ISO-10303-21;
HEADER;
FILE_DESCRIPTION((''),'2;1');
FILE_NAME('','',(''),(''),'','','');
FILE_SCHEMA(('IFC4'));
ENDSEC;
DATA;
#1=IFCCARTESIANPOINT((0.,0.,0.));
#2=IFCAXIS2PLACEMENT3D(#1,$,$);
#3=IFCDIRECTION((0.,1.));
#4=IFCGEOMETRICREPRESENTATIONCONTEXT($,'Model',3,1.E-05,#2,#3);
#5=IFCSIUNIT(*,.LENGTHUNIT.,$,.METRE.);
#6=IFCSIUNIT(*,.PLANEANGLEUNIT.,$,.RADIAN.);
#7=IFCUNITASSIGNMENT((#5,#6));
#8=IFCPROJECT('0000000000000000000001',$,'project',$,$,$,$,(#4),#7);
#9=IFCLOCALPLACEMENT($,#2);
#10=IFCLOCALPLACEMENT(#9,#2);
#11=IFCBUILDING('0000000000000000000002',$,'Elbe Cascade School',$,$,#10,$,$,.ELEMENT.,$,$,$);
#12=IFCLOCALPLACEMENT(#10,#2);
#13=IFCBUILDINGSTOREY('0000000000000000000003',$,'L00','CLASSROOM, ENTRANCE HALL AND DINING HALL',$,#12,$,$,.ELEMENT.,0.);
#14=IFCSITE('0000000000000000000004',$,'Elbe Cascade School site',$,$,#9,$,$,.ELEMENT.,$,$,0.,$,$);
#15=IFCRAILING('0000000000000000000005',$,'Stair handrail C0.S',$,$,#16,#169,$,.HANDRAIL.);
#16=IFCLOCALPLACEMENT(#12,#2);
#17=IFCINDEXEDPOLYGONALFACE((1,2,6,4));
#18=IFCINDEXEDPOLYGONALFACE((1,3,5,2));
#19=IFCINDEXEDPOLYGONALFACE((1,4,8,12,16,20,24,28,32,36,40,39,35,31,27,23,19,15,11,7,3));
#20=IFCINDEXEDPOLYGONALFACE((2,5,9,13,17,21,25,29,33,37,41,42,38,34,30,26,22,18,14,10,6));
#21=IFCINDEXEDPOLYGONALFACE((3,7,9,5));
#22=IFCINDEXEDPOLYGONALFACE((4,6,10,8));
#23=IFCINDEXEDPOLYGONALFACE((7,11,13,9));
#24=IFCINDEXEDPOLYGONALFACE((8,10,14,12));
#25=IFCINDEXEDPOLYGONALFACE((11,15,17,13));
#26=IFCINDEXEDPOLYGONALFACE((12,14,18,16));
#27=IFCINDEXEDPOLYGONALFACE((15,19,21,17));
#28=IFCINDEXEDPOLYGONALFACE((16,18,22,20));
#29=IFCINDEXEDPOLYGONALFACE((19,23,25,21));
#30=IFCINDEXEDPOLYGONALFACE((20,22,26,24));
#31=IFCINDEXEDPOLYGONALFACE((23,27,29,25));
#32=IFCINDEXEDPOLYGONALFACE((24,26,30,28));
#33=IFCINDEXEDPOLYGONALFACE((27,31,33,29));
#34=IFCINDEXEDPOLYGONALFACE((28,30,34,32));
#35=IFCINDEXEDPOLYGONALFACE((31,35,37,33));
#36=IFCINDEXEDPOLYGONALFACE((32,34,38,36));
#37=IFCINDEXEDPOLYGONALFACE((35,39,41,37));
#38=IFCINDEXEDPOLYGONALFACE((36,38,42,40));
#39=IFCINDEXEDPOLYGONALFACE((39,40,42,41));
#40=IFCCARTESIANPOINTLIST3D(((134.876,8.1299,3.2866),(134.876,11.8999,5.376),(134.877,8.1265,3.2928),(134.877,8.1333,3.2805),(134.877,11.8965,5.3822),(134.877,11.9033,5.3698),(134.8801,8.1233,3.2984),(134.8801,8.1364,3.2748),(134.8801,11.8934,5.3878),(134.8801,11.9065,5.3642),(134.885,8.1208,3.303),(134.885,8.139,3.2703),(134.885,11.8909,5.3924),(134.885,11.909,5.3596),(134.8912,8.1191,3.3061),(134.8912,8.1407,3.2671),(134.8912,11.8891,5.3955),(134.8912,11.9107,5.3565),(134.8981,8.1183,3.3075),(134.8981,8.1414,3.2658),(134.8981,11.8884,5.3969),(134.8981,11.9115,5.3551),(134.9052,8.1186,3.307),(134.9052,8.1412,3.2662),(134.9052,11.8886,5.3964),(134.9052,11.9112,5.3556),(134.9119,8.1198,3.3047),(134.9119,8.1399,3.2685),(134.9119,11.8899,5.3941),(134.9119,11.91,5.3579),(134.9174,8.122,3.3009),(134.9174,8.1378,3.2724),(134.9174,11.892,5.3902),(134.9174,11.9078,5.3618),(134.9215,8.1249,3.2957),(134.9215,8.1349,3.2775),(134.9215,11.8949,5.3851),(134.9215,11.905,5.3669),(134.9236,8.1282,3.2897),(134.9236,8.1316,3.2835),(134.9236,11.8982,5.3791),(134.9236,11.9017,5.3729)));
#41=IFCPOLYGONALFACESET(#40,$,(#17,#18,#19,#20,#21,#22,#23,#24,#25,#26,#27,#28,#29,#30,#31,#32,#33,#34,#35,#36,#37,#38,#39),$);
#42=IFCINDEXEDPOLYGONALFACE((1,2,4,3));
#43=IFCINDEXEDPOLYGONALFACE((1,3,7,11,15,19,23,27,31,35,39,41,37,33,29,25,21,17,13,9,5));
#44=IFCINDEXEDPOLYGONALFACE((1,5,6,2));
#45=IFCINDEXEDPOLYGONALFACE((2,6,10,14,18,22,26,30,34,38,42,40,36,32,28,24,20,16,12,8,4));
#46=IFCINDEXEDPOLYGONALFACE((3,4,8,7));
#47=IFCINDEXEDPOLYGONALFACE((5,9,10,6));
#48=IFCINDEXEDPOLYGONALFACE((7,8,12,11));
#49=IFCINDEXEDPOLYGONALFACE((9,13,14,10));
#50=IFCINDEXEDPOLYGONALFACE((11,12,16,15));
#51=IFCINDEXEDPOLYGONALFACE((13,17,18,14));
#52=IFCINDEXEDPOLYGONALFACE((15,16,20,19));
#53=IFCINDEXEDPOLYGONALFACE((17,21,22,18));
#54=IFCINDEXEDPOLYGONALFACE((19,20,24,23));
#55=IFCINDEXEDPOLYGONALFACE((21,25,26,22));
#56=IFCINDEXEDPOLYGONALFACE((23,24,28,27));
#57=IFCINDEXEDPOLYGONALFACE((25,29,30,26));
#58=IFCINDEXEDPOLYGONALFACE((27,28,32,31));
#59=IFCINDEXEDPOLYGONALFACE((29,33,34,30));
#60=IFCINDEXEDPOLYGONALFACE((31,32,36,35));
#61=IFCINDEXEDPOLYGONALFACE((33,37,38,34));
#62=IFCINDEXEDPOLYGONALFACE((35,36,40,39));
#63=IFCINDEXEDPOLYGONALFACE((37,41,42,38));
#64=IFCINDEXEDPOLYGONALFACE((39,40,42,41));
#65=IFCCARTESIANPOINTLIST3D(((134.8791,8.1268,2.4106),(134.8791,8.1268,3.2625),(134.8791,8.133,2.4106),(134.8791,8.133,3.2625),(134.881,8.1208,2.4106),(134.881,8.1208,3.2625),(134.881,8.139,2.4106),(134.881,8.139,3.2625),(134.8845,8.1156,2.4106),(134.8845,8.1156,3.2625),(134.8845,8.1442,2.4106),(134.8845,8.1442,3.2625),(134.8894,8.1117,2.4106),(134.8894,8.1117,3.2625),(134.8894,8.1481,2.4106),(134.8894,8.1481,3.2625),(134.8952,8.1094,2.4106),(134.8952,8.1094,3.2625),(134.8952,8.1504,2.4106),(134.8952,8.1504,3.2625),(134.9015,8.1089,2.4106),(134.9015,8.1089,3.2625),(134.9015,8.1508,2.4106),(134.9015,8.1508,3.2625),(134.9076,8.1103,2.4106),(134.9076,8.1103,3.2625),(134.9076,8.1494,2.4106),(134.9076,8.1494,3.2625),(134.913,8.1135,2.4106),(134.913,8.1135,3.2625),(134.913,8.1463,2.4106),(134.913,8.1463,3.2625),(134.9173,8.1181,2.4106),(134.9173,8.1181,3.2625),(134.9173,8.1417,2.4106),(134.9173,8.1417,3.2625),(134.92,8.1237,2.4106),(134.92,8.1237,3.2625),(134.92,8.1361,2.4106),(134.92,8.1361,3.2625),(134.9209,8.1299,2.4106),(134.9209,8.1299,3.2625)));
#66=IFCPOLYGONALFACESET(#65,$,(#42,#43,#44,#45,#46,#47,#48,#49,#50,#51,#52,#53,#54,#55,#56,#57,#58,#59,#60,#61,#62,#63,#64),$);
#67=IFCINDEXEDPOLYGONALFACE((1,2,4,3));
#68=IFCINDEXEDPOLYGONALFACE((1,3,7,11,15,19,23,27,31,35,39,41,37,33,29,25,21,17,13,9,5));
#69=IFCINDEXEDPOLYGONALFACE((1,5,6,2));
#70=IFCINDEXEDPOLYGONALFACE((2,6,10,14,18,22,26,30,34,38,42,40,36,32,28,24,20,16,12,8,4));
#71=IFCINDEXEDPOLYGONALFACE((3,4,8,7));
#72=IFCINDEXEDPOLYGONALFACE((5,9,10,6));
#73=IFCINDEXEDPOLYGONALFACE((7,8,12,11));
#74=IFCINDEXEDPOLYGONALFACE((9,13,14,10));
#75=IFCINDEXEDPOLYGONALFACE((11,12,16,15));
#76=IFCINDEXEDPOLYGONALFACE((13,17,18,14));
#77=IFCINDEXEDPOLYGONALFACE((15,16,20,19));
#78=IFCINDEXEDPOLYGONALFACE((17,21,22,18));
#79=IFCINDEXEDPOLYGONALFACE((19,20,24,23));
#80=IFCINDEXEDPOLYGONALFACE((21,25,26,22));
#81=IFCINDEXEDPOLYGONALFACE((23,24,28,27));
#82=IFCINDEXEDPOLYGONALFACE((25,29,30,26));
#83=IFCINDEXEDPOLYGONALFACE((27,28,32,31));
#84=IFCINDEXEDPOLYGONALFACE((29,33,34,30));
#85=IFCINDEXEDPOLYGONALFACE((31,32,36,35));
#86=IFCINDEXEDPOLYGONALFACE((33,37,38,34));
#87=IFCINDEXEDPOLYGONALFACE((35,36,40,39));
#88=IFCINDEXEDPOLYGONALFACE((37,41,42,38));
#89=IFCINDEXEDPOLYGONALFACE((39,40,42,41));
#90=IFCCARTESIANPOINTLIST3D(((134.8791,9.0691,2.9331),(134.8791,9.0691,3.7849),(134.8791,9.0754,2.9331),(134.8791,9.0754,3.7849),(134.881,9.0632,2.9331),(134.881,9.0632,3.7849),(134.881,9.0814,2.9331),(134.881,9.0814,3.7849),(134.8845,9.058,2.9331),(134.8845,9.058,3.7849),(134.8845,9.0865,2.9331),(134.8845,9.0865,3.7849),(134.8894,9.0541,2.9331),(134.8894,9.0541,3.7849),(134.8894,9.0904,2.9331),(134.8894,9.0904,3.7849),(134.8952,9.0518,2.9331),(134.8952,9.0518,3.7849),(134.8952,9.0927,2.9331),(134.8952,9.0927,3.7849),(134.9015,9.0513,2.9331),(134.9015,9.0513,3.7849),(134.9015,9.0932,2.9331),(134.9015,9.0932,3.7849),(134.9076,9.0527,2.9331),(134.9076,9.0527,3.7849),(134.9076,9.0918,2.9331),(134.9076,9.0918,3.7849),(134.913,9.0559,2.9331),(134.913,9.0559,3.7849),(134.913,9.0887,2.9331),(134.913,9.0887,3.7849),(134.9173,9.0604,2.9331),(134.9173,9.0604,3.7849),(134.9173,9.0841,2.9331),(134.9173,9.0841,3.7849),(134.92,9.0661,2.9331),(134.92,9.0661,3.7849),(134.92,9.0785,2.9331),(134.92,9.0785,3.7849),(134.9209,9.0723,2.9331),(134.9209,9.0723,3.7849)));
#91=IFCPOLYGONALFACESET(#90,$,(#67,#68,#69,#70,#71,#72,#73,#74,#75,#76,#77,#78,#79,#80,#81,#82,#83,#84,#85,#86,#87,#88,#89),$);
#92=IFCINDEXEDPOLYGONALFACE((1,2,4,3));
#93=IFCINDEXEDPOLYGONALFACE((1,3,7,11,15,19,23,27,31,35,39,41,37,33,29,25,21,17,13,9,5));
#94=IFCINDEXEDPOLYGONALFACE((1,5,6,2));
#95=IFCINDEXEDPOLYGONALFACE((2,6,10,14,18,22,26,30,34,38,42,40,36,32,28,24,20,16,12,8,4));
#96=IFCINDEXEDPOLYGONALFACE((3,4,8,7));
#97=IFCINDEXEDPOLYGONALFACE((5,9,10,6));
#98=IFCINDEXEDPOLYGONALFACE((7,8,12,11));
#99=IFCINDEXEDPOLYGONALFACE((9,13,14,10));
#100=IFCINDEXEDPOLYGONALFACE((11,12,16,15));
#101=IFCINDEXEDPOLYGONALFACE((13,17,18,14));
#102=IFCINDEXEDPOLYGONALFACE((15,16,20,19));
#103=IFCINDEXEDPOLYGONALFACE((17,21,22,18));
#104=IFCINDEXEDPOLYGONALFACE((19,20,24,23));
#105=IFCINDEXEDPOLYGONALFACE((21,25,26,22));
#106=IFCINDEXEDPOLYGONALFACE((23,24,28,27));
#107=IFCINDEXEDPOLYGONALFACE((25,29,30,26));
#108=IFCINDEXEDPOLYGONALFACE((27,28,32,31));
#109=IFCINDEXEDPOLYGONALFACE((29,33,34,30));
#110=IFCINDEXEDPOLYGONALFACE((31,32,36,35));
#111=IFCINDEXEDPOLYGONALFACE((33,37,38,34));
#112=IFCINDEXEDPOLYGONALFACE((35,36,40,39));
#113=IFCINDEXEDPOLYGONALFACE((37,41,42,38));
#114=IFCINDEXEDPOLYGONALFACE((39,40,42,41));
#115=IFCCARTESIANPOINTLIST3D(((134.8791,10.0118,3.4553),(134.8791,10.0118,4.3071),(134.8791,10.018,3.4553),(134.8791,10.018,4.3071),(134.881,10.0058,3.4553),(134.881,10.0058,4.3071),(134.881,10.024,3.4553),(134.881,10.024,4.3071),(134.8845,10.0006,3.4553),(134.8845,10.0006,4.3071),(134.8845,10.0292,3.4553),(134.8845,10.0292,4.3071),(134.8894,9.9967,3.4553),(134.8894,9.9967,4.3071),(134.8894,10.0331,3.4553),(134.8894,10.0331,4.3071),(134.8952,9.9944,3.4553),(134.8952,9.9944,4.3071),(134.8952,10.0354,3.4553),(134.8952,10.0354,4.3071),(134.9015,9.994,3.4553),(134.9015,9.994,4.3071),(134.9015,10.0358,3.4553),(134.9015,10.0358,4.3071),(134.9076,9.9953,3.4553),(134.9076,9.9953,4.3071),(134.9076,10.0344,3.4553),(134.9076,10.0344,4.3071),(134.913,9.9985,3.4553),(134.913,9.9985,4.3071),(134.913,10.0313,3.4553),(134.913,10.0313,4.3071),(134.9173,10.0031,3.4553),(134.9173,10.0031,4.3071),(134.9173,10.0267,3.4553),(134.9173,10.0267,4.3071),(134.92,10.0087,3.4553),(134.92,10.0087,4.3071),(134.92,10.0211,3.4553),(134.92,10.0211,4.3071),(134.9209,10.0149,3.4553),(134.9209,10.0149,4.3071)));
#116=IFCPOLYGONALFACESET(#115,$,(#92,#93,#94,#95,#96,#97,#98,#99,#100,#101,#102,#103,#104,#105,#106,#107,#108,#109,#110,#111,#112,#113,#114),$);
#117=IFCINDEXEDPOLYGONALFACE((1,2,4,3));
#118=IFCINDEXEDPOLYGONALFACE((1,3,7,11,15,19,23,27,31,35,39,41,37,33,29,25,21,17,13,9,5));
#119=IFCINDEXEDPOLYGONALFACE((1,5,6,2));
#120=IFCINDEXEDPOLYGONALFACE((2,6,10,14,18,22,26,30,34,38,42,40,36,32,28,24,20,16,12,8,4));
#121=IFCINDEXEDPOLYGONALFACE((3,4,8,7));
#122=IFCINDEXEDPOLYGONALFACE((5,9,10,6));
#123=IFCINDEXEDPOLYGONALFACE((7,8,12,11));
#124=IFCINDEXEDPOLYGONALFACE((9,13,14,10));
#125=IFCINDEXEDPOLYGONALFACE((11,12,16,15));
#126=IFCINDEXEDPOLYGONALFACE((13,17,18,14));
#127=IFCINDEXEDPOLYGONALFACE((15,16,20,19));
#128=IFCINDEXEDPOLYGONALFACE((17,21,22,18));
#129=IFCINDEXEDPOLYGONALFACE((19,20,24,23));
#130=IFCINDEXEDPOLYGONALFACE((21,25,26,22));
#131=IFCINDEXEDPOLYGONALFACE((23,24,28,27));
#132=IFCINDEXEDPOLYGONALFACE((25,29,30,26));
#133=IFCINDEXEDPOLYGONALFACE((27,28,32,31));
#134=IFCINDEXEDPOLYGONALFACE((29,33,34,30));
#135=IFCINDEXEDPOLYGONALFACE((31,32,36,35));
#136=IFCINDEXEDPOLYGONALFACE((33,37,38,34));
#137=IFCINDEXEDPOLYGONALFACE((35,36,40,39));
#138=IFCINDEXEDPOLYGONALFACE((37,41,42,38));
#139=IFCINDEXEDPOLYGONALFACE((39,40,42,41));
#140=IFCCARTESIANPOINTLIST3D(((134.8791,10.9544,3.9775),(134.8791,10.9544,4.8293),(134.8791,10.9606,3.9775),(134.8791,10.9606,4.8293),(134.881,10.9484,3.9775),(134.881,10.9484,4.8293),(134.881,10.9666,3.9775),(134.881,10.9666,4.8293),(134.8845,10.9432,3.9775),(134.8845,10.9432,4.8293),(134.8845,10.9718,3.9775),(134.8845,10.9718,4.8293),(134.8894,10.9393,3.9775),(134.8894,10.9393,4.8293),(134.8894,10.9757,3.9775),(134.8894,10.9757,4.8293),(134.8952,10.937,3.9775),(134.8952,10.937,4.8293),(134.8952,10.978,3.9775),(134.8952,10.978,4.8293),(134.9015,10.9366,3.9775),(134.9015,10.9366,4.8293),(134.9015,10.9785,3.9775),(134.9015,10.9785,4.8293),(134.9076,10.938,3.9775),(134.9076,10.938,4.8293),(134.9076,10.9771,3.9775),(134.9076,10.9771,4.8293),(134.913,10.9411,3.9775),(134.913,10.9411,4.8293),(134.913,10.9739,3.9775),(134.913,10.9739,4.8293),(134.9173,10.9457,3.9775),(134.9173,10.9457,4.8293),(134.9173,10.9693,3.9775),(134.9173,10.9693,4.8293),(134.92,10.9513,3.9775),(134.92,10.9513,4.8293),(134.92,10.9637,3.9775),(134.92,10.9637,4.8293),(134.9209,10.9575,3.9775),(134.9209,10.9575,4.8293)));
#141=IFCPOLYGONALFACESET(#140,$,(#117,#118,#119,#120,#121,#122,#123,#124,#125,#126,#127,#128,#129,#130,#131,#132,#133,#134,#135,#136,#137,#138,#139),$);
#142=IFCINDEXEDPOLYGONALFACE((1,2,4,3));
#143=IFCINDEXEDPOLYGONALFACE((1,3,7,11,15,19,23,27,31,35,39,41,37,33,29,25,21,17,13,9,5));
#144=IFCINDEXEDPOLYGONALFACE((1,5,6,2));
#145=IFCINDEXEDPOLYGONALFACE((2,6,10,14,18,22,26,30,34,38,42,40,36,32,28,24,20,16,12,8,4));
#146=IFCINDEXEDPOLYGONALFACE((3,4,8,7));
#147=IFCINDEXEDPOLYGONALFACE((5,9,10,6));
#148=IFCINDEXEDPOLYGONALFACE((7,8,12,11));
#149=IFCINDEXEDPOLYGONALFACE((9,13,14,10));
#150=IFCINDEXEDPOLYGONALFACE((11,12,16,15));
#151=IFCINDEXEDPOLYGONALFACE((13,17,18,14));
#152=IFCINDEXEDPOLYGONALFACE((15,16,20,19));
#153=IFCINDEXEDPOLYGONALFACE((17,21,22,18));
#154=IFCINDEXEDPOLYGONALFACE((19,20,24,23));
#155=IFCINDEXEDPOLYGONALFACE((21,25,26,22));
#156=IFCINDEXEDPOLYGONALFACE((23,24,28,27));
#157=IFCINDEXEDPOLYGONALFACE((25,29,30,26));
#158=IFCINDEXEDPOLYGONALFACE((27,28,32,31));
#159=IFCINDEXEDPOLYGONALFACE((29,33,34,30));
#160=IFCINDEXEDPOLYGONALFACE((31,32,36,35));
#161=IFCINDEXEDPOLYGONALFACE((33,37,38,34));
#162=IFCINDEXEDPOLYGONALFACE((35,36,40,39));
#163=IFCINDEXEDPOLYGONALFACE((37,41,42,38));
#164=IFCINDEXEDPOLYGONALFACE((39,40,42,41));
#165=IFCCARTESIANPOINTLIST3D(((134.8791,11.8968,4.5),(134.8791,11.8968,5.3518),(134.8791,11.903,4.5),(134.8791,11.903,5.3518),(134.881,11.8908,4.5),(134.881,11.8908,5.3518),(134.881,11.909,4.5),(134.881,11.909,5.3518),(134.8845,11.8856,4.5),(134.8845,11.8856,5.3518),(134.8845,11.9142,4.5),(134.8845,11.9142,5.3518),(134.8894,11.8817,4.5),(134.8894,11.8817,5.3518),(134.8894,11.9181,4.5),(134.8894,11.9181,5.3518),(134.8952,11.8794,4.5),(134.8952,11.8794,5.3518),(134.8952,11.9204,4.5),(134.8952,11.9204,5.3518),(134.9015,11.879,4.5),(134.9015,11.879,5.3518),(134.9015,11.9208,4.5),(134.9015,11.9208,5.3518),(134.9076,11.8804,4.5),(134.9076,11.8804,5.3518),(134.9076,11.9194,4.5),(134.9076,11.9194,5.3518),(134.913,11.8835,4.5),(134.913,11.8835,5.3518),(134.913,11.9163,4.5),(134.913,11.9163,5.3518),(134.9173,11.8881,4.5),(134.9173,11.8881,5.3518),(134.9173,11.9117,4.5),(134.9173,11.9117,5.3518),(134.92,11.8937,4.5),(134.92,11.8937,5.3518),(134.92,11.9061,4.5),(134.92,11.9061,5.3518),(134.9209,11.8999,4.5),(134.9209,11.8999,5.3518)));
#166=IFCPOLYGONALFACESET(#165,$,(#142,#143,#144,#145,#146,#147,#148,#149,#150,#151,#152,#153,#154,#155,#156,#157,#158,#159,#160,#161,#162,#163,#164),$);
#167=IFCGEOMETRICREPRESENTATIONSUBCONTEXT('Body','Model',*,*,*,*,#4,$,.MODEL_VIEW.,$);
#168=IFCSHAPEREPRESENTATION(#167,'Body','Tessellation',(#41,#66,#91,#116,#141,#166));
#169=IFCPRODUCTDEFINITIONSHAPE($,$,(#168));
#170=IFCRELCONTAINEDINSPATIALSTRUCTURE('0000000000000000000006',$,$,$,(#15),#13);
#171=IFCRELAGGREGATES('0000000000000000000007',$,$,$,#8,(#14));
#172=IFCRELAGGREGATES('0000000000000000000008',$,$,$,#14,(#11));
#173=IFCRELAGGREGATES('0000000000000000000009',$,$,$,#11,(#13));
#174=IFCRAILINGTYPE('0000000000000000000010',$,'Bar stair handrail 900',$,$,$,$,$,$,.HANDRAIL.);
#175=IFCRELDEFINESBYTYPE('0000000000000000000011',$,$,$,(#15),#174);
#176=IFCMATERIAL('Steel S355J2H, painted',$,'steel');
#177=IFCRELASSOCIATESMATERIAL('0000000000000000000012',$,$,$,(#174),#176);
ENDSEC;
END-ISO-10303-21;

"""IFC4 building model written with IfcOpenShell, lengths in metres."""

from ifc_helpers import new_model, si_unit, direction, frame, origin, origin_2d, place, context, subcontext, project, spatial, circle, extrude, material, type_object, element, save


model = new_model("IFC4")

# Units and contexts
model_context = context("Model", 3, precision=1e-05, world=origin(), true_north=direction((0.0, 1.0)))
body_context = subcontext(model_context, "Body", "Model", "MODEL_VIEW")
ifc_project = project(units=[si_unit("LENGTHUNIT", "METRE"), si_unit("PLANEANGLEUNIT", "RADIAN")], contexts=[model_context])

# Site, building, storey
site_placement = place(None, origin())
site = spatial("IfcSite", under=ifc_project, at=site_placement, Name="Elbe Cascade School site", CompositionType="ELEMENT", RefElevation=0.0)
building_placement = place(site_placement, origin())
building = spatial("IfcBuilding", under=site, at=building_placement, Name="Elbe Cascade School", CompositionType="ELEMENT")
storey_placement = place(building_placement, origin())
storey = spatial("IfcBuildingStorey", under=building, at=storey_placement, Name="L00", Description="CLASSROOM, ENTRANCE HALL AND DINING HALL", CompositionType="ELEMENT", Elevation=0.0)

# Railing
ifc_material_1 = material(Name="Steel S355J2H, painted", Category="steel")
railing_type = type_object("IfcRailingType", Name="Bar stair handrail 900", PredefinedType="HANDRAIL", material=ifc_material_1)
railing_placement = place(storey_placement, frame((134.8999, 8.1299, 2.4106)))
element("IfcRailing", 1, at=railing_placement, inside=storey, type_object=railing_type, Name="Stair handrail C0.S", PredefinedType="HANDRAIL", context=body_context, shape_type="SweptSolid", body=[
    extrude(circle(Radius=0.0239, at=origin_2d()), frame((0.0, 0.0, 0.876), z_axis=(0.0, 0.874659, 0.484739), x_axis=(-1.0, 0.0, 0.0)), (0.0, 0.0, 1.0), 4.3103),
    extrude(circle(Radius=0.021, at=origin_2d()), origin(), (0.0, 0.0, 1.0), 0.8518),
    extrude(circle(Radius=0.021, at=origin_2d()), frame((0.0, 0.9424, 0.5225)), (0.0, 0.0, 1.0), 0.8518),
    extrude(circle(Radius=0.021, at=origin_2d()), frame((0.0, 1.885, 1.0447)), (0.0, 0.0, 1.0), 0.8518),
    extrude(circle(Radius=0.021, at=origin_2d()), frame((0.0, 2.8276, 1.5669)), (0.0, 0.0, 1.0), 0.8518),
    extrude(circle(Radius=0.021, at=origin_2d()), frame((0.0, 3.77, 2.0894)), (0.0, 0.0, 1.0), 0.8518),
])

save(model, "model.ifc")
